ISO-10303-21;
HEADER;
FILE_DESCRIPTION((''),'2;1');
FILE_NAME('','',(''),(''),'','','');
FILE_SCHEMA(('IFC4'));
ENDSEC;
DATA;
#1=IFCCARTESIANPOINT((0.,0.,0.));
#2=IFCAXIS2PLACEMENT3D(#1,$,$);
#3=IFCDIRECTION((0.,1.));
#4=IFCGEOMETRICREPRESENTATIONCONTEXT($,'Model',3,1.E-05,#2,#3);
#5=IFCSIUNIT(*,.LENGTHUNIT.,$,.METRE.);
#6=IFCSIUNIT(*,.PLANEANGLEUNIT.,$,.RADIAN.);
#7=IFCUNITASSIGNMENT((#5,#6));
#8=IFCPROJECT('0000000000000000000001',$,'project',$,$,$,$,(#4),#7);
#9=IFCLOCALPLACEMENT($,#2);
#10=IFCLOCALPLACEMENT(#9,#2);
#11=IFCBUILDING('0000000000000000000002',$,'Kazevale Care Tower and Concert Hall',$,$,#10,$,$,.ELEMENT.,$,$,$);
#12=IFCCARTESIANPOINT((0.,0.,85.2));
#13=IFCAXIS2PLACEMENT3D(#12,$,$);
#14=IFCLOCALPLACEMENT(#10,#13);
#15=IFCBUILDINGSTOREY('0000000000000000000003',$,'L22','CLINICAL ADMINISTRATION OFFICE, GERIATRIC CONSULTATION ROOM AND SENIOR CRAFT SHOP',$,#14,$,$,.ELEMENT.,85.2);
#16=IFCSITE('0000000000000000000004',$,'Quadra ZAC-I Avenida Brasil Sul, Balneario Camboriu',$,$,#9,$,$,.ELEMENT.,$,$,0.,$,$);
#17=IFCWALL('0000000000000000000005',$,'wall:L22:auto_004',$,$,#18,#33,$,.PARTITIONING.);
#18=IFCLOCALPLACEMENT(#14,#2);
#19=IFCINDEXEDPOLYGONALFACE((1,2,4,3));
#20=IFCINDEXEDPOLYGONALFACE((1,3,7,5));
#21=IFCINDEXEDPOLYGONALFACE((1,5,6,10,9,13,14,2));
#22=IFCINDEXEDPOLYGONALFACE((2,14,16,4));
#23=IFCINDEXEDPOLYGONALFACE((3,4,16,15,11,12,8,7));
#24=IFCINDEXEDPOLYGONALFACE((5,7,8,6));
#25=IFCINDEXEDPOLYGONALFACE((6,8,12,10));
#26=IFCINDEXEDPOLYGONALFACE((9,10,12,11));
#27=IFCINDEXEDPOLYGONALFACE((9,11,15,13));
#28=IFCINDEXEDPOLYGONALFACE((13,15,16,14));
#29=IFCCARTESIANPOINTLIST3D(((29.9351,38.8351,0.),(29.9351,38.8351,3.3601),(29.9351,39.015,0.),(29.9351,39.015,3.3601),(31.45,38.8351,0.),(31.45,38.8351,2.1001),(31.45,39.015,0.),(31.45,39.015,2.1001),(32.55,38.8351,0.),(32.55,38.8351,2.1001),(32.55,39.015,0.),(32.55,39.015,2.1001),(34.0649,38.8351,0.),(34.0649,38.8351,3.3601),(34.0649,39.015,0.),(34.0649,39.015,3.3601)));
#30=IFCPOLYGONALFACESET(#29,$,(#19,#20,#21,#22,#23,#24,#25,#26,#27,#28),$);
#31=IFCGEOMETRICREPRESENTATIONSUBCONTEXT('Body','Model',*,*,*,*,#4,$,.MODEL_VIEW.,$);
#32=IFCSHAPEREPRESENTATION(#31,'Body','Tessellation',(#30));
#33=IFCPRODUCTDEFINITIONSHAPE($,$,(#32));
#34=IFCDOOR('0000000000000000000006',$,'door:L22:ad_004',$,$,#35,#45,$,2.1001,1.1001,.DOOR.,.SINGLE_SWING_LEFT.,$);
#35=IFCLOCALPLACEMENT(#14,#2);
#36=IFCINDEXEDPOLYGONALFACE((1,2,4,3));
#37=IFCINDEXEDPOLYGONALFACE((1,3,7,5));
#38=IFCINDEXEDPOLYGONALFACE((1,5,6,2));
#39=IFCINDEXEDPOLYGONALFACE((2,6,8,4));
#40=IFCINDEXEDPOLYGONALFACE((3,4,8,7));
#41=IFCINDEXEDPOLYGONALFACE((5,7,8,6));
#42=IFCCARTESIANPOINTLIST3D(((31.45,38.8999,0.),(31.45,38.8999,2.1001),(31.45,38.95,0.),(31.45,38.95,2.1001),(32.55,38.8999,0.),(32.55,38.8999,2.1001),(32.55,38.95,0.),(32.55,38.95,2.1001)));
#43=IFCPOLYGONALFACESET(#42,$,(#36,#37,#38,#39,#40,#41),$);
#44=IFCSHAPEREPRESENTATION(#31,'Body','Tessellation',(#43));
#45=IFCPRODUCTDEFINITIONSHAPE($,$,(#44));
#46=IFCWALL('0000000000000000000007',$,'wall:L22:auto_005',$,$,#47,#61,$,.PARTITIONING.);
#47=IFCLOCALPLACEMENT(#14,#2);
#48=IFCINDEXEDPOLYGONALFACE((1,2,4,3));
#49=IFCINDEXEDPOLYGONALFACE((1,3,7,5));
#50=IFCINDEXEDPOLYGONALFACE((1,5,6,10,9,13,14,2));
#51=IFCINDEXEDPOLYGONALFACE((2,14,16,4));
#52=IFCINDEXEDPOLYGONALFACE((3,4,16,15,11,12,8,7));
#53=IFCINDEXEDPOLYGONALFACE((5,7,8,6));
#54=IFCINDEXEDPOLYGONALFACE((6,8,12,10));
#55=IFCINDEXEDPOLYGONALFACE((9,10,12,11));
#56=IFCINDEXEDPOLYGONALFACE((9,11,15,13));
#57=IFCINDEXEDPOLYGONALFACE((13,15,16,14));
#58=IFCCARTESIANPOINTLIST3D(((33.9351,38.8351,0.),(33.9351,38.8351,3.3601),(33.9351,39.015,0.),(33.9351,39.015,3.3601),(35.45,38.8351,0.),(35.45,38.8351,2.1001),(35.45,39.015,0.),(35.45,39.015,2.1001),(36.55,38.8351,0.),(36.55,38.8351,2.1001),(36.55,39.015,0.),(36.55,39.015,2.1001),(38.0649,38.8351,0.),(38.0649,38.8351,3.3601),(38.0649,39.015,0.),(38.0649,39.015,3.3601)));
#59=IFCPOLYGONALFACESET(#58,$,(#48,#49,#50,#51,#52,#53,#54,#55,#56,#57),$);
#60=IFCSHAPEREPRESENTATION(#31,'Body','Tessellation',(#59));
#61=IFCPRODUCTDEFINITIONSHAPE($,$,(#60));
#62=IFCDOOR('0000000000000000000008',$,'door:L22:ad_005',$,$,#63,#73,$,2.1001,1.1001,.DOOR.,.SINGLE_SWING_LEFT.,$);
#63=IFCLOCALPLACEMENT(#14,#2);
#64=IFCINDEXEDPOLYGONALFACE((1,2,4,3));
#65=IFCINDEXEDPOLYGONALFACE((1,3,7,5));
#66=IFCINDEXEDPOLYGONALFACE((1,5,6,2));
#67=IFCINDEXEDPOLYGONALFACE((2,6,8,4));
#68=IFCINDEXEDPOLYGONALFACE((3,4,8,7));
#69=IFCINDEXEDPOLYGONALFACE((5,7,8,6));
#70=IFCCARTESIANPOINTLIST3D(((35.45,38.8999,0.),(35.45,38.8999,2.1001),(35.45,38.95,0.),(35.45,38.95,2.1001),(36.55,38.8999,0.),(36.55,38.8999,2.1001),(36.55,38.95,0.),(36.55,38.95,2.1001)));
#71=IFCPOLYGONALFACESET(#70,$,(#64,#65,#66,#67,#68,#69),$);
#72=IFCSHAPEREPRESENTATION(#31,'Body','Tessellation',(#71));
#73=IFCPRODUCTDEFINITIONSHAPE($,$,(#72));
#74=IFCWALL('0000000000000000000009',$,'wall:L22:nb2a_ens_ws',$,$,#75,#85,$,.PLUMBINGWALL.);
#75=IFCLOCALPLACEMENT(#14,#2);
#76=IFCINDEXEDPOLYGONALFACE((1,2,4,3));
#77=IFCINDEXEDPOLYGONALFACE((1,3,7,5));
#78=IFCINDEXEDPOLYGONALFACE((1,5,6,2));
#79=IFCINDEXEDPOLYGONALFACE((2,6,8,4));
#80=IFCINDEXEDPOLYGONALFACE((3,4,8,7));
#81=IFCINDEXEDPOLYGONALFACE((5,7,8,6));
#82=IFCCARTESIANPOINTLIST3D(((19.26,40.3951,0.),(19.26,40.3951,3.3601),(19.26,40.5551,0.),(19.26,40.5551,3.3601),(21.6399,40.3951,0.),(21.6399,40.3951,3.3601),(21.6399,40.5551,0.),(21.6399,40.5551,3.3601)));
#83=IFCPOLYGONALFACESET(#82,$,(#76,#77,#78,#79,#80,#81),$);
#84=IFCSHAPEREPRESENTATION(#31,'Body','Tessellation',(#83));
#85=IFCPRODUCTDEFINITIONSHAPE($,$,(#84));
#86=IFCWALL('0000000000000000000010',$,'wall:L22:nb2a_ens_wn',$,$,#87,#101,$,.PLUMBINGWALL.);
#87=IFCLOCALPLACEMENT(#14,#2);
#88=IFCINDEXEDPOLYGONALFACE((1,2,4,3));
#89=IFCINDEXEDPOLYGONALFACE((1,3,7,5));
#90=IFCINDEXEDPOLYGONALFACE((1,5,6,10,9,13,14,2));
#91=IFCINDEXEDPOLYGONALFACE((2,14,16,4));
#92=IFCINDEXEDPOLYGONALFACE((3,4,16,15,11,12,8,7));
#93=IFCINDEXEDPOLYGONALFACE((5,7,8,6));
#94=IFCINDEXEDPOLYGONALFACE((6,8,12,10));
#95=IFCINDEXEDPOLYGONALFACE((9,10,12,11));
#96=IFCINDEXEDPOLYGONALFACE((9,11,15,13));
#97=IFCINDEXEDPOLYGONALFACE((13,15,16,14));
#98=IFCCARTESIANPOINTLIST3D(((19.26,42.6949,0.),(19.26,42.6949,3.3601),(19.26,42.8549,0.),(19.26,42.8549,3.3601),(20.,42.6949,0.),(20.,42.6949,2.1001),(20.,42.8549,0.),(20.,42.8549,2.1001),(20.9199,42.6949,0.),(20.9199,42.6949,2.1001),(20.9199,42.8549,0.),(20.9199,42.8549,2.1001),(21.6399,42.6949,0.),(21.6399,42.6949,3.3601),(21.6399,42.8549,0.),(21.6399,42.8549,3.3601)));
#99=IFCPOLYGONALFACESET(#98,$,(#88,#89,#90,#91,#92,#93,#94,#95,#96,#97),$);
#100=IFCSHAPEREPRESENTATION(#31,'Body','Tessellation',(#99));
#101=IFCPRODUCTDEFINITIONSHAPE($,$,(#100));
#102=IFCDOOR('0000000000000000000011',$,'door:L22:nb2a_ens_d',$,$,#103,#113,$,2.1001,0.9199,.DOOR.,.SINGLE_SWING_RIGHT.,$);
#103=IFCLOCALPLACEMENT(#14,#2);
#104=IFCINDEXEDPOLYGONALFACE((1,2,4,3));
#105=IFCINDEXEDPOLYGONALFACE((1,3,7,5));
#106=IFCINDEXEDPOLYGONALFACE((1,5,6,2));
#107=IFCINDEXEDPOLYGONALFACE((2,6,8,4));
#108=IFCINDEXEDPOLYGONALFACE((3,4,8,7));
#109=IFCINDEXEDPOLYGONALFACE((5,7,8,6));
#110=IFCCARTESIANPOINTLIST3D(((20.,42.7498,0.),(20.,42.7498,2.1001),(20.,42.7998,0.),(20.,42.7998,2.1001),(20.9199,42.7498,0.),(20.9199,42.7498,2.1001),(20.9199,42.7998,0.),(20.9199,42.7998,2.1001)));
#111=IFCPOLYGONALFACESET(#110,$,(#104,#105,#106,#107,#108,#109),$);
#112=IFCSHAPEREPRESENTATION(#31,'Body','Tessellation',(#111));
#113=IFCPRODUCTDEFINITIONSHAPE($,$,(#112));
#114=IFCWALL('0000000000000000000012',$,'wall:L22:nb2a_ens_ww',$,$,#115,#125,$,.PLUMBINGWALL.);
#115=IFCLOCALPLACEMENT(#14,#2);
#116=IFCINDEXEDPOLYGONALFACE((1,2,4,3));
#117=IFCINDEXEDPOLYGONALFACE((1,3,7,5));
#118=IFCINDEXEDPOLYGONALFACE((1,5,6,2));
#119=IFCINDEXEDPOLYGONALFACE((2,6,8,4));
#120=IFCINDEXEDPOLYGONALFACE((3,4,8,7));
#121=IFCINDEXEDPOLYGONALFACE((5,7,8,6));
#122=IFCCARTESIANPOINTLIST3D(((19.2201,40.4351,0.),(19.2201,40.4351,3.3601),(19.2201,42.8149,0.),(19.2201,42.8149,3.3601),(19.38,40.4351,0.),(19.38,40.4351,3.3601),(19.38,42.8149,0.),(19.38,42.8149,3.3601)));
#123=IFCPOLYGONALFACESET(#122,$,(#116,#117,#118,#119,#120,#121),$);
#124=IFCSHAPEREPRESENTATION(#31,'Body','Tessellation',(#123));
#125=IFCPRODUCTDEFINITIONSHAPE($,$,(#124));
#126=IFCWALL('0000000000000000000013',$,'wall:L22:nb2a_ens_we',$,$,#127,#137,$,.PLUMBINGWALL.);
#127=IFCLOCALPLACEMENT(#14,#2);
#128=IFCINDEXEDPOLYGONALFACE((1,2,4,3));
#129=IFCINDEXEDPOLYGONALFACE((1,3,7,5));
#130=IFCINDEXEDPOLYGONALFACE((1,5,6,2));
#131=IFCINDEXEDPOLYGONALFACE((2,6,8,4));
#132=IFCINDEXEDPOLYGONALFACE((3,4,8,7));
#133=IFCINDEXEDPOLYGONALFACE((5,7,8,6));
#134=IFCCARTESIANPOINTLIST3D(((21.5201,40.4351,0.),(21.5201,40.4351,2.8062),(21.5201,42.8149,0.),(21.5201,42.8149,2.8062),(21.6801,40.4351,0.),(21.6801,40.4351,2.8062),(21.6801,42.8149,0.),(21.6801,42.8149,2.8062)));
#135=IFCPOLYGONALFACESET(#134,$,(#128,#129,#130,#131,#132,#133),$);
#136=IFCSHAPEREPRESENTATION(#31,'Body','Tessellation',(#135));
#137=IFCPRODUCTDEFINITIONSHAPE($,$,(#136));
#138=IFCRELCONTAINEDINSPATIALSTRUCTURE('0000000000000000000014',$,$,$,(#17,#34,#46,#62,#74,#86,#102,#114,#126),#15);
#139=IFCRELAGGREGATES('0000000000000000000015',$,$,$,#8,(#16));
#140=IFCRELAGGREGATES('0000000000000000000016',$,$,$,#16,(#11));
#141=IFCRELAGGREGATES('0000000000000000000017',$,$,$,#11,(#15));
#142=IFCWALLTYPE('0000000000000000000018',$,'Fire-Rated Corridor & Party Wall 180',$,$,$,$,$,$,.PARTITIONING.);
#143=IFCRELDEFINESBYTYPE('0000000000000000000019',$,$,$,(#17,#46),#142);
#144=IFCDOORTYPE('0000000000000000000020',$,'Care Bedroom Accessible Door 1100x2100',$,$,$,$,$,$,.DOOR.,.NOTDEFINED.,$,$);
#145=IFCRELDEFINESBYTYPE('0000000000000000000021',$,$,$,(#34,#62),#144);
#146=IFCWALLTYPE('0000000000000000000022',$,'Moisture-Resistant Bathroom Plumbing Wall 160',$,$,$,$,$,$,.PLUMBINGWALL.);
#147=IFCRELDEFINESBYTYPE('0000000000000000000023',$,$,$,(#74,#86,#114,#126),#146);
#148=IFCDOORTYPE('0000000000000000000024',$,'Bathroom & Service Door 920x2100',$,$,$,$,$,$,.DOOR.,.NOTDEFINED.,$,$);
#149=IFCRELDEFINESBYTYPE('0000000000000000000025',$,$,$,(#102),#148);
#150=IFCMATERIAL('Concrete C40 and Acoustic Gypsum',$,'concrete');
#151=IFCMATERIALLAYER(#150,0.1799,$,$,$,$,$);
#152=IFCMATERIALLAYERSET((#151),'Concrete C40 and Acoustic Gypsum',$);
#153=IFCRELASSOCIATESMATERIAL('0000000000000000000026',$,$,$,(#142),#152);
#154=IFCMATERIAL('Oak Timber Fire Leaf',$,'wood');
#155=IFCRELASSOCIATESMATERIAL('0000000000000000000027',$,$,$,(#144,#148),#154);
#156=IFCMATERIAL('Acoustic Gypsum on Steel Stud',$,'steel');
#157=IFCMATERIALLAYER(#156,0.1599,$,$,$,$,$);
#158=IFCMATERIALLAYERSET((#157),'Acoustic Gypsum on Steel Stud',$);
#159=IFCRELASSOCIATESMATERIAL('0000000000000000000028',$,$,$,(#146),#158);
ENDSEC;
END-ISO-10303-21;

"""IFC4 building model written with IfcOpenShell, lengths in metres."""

from ifc_helpers import new_model, si_unit, direction, frame, frame_2d, origin, place, context, subcontext, project, spatial, rectangle, extrude, material, layer, layer_set, type_object, element, fill, save


model = new_model("IFC4")

# Units and contexts
model_context = context("Model", 3, precision=1e-05, world=origin(), true_north=direction((0.0, 1.0)))
body_context = subcontext(model_context, "Body", "Model", "MODEL_VIEW")
ifc_project = project(units=[si_unit("LENGTHUNIT", "METRE"), si_unit("PLANEANGLEUNIT", "RADIAN")], contexts=[model_context])

# Site, building, storey
site_placement = place(None, origin())
site = spatial("IfcSite", under=ifc_project, at=site_placement, Name="Quadra ZAC-I Avenida Brasil Sul, Balneario Camboriu", CompositionType="ELEMENT", RefElevation=0.0)
building_placement = place(site_placement, origin())
building = spatial("IfcBuilding", under=site, at=building_placement, Name="Kazevale Care Tower and Concert Hall", CompositionType="ELEMENT")
storey_placement = place(building_placement, frame((0.0, 0.0, 85.2)))
storey = spatial("IfcBuildingStorey", under=building, at=storey_placement, Name="L22", Description="CLINICAL ADMINISTRATION OFFICE, GERIATRIC CONSULTATION ROOM AND SENIOR CRAFT SHOP", CompositionType="ELEMENT", Elevation=85.2)

# Shared definitions
ifc_material_1 = material(Name="Acoustic Gypsum on Steel Stud", Category="steel")

# Walls, openings, doors
ifc_material_2 = material(Name="Concrete C40 and Acoustic Gypsum", Category="concrete")
ifc_layer_1 = layer(ifc_material_2, 0.1799)
ifc_layer_set_1 = layer_set([ifc_layer_1], Name="Concrete C40 and Acoustic Gypsum")
wall_type_1 = type_object("IfcWallType", Name="Fire-Rated Corridor & Party Wall 180", PredefinedType="PARTITIONING", material=ifc_layer_set_1)
wall_1_placement = place(storey_placement, frame((29.9351, 38.925, 0.0), z_axis=(0.0, 0.0, 1.0), x_axis=(1.0, 0.0, 0.0)))
wall_1 = element("IfcWall", 1, at=wall_1_placement, inside=storey, type_object=wall_type_1, Name="wall:L22:auto_004", PredefinedType="PARTITIONING", context=body_context, shape_type="SweptSolid", body=[
    extrude(rectangle(XDim=4.1299, YDim=0.1799, at=frame_2d((2.0649, 0.0))), origin(), (0.0, 0.0, 1.0), 3.3601),
])
opening_1_placement = place(wall_1_placement, frame((1.5149, 0.0, 0.0)))
opening_1 = element("IfcOpeningElement", 2, at=opening_1_placement, cuts=wall_1, PredefinedType="OPENING", context=body_context, shape_type="SweptSolid", body=[
    extrude(rectangle(XDim=1.1001, YDim=2.1001, at=frame_2d((0.55, 1.05))), frame((0.0, 0.0999, 0.0), z_axis=(0.0, -1.0, 0.0), x_axis=(1.0, 0.0, 0.0)), (0.0, 0.0, 1.0), 0.2),
])
ifc_material_3 = material(Name="Oak Timber Fire Leaf", Category="wood")
door_type_1 = type_object("IfcDoorType", Name="Care Bedroom Accessible Door 1100x2100", OperationType="NOTDEFINED", PredefinedType="DOOR", material=ifc_material_3)
door_1_placement = place(opening_1_placement, origin())
door_1 = element("IfcDoor", 3, at=door_1_placement, inside=storey, type_object=door_type_1, Name="door:L22:ad_004", OperationType="SINGLE_SWING_LEFT", OverallHeight=2.1001, OverallWidth=1.1001, PredefinedType="DOOR", context=body_context, shape_type="SweptSolid", body=[
    extrude(rectangle(XDim=1.1001, YDim=2.1001, at=frame_2d((0.55, 1.05))), frame((0.0, 0.0249, 0.0), z_axis=(0.0, -1.0, 0.0), x_axis=(1.0, 0.0, 0.0)), (0.0, 0.0, 1.0), 0.05),
])
fill(opening_1, door_1)
wall_2_placement = place(storey_placement, frame((33.9351, 38.925, 0.0), z_axis=(0.0, 0.0, 1.0), x_axis=(1.0, 0.0, 0.0)))
wall_2 = element("IfcWall", 4, at=wall_2_placement, inside=storey, type_object=wall_type_1, Name="wall:L22:auto_005", PredefinedType="PARTITIONING", context=body_context, shape_type="SweptSolid", body=[
    extrude(rectangle(XDim=4.1299, YDim=0.1799, at=frame_2d((2.0649, 0.0))), origin(), (0.0, 0.0, 1.0), 3.3601),
])
opening_2_placement = place(wall_2_placement, frame((1.5149, 0.0, 0.0)))
opening_2 = element("IfcOpeningElement", 5, at=opening_2_placement, cuts=wall_2, PredefinedType="OPENING", context=body_context, shape_type="SweptSolid", body=[
    extrude(rectangle(XDim=1.1001, YDim=2.1001, at=frame_2d((0.55, 1.05))), frame((0.0, 0.0999, 0.0), z_axis=(0.0, -1.0, 0.0), x_axis=(1.0, 0.0, 0.0)), (0.0, 0.0, 1.0), 0.2),
])
door_2_placement = place(opening_2_placement, origin())
door_2 = element("IfcDoor", 6, at=door_2_placement, inside=storey, type_object=door_type_1, Name="door:L22:ad_005", OperationType="SINGLE_SWING_LEFT", OverallHeight=2.1001, OverallWidth=1.1001, PredefinedType="DOOR", context=body_context, shape_type="SweptSolid", body=[
    extrude(rectangle(XDim=1.1001, YDim=2.1001, at=frame_2d((0.55, 1.05))), frame((0.0, 0.0249, 0.0), z_axis=(0.0, -1.0, 0.0), x_axis=(1.0, 0.0, 0.0)), (0.0, 0.0, 1.0), 0.05),
])
fill(opening_2, door_2)

# Wall
ifc_layer_2 = layer(ifc_material_1, 0.1599)
ifc_layer_set_2 = layer_set([ifc_layer_2], Name="Acoustic Gypsum on Steel Stud")
wall_type_2 = type_object("IfcWallType", Name="Moisture-Resistant Bathroom Plumbing Wall 160", PredefinedType="PLUMBINGWALL", material=ifc_layer_set_2)
wall_3_placement = place(storey_placement, frame((19.26, 40.4751, 0.0), z_axis=(0.0, 0.0, 1.0), x_axis=(1.0, 0.0, 0.0)))
element("IfcWall", 7, at=wall_3_placement, inside=storey, type_object=wall_type_2, Name="wall:L22:nb2a_ens_ws", PredefinedType="PLUMBINGWALL", context=body_context, shape_type="SweptSolid", body=[
    extrude(rectangle(XDim=2.3799, YDim=0.1599, at=frame_2d((1.1899, 0.0))), origin(), (0.0, 0.0, 1.0), 3.3601),
])

# Wall, opening, door
wall_4_placement = place(storey_placement, frame((19.26, 42.7749, 0.0), z_axis=(0.0, 0.0, 1.0), x_axis=(1.0, 0.0, 0.0)))
wall_4 = element("IfcWall", 8, at=wall_4_placement, inside=storey, type_object=wall_type_2, Name="wall:L22:nb2a_ens_wn", PredefinedType="PLUMBINGWALL", context=body_context, shape_type="SweptSolid", body=[
    extrude(rectangle(XDim=2.3799, YDim=0.1599, at=frame_2d((1.1899, 0.0))), origin(), (0.0, 0.0, 1.0), 3.3601),
])
opening_3_placement = place(wall_4_placement, frame((0.74, 0.0, 0.0)))
opening_3 = element("IfcOpeningElement", 9, at=opening_3_placement, cuts=wall_4, PredefinedType="OPENING", context=body_context, shape_type="SweptSolid", body=[
    extrude(rectangle(XDim=0.9199, YDim=2.1001, at=frame_2d((0.46, 1.05))), frame((0.0, 0.0898, 0.0), z_axis=(0.0, -1.0, 0.0), x_axis=(1.0, 0.0, 0.0)), (0.0, 0.0, 1.0), 0.1799),
])
door_type_2 = type_object("IfcDoorType", Name="Bathroom & Service Door 920x2100", OperationType="NOTDEFINED", PredefinedType="DOOR", material=ifc_material_3)
door_3_placement = place(opening_3_placement, origin())
door_3 = element("IfcDoor", 10, at=door_3_placement, inside=storey, type_object=door_type_2, Name="door:L22:nb2a_ens_d", OperationType="SINGLE_SWING_RIGHT", OverallHeight=2.1001, OverallWidth=0.9199, PredefinedType="DOOR", context=body_context, shape_type="SweptSolid", body=[
    extrude(rectangle(XDim=0.9199, YDim=2.1001, at=frame_2d((0.46, 1.05))), frame((0.0, 0.0249, 0.0), z_axis=(0.0, -1.0, 0.0), x_axis=(1.0, 0.0, 0.0)), (0.0, 0.0, 1.0), 0.05),
])
fill(opening_3, door_3)

# Walls
wall_5_placement = place(storey_placement, frame((19.3, 40.4351, 0.0), z_axis=(0.0, 0.0, 1.0), x_axis=(0.0, 1.0, 0.0)))
element("IfcWall", 11, at=wall_5_placement, inside=storey, type_object=wall_type_2, Name="wall:L22:nb2a_ens_ww", PredefinedType="PLUMBINGWALL", context=body_context, shape_type="SweptSolid", body=[
    extrude(rectangle(XDim=2.3799, YDim=0.1599, at=frame_2d((1.1899, 0.0))), origin(), (0.0, 0.0, 1.0), 3.3601),
])
wall_6_placement = place(storey_placement, frame((21.6001, 40.4351, 0.0), z_axis=(0.0, 0.0, 1.0), x_axis=(0.0, 1.0, 0.0)))
element("IfcWall", 12, at=wall_6_placement, inside=storey, type_object=wall_type_2, Name="wall:L22:nb2a_ens_we", PredefinedType="PLUMBINGWALL", context=body_context, shape_type="SweptSolid", body=[
    extrude(rectangle(XDim=2.3799, YDim=0.1599, at=frame_2d((1.1899, 0.0))), origin(), (0.0, 0.0, 1.0), 2.8062),
])

save(model, "model.ifc")
